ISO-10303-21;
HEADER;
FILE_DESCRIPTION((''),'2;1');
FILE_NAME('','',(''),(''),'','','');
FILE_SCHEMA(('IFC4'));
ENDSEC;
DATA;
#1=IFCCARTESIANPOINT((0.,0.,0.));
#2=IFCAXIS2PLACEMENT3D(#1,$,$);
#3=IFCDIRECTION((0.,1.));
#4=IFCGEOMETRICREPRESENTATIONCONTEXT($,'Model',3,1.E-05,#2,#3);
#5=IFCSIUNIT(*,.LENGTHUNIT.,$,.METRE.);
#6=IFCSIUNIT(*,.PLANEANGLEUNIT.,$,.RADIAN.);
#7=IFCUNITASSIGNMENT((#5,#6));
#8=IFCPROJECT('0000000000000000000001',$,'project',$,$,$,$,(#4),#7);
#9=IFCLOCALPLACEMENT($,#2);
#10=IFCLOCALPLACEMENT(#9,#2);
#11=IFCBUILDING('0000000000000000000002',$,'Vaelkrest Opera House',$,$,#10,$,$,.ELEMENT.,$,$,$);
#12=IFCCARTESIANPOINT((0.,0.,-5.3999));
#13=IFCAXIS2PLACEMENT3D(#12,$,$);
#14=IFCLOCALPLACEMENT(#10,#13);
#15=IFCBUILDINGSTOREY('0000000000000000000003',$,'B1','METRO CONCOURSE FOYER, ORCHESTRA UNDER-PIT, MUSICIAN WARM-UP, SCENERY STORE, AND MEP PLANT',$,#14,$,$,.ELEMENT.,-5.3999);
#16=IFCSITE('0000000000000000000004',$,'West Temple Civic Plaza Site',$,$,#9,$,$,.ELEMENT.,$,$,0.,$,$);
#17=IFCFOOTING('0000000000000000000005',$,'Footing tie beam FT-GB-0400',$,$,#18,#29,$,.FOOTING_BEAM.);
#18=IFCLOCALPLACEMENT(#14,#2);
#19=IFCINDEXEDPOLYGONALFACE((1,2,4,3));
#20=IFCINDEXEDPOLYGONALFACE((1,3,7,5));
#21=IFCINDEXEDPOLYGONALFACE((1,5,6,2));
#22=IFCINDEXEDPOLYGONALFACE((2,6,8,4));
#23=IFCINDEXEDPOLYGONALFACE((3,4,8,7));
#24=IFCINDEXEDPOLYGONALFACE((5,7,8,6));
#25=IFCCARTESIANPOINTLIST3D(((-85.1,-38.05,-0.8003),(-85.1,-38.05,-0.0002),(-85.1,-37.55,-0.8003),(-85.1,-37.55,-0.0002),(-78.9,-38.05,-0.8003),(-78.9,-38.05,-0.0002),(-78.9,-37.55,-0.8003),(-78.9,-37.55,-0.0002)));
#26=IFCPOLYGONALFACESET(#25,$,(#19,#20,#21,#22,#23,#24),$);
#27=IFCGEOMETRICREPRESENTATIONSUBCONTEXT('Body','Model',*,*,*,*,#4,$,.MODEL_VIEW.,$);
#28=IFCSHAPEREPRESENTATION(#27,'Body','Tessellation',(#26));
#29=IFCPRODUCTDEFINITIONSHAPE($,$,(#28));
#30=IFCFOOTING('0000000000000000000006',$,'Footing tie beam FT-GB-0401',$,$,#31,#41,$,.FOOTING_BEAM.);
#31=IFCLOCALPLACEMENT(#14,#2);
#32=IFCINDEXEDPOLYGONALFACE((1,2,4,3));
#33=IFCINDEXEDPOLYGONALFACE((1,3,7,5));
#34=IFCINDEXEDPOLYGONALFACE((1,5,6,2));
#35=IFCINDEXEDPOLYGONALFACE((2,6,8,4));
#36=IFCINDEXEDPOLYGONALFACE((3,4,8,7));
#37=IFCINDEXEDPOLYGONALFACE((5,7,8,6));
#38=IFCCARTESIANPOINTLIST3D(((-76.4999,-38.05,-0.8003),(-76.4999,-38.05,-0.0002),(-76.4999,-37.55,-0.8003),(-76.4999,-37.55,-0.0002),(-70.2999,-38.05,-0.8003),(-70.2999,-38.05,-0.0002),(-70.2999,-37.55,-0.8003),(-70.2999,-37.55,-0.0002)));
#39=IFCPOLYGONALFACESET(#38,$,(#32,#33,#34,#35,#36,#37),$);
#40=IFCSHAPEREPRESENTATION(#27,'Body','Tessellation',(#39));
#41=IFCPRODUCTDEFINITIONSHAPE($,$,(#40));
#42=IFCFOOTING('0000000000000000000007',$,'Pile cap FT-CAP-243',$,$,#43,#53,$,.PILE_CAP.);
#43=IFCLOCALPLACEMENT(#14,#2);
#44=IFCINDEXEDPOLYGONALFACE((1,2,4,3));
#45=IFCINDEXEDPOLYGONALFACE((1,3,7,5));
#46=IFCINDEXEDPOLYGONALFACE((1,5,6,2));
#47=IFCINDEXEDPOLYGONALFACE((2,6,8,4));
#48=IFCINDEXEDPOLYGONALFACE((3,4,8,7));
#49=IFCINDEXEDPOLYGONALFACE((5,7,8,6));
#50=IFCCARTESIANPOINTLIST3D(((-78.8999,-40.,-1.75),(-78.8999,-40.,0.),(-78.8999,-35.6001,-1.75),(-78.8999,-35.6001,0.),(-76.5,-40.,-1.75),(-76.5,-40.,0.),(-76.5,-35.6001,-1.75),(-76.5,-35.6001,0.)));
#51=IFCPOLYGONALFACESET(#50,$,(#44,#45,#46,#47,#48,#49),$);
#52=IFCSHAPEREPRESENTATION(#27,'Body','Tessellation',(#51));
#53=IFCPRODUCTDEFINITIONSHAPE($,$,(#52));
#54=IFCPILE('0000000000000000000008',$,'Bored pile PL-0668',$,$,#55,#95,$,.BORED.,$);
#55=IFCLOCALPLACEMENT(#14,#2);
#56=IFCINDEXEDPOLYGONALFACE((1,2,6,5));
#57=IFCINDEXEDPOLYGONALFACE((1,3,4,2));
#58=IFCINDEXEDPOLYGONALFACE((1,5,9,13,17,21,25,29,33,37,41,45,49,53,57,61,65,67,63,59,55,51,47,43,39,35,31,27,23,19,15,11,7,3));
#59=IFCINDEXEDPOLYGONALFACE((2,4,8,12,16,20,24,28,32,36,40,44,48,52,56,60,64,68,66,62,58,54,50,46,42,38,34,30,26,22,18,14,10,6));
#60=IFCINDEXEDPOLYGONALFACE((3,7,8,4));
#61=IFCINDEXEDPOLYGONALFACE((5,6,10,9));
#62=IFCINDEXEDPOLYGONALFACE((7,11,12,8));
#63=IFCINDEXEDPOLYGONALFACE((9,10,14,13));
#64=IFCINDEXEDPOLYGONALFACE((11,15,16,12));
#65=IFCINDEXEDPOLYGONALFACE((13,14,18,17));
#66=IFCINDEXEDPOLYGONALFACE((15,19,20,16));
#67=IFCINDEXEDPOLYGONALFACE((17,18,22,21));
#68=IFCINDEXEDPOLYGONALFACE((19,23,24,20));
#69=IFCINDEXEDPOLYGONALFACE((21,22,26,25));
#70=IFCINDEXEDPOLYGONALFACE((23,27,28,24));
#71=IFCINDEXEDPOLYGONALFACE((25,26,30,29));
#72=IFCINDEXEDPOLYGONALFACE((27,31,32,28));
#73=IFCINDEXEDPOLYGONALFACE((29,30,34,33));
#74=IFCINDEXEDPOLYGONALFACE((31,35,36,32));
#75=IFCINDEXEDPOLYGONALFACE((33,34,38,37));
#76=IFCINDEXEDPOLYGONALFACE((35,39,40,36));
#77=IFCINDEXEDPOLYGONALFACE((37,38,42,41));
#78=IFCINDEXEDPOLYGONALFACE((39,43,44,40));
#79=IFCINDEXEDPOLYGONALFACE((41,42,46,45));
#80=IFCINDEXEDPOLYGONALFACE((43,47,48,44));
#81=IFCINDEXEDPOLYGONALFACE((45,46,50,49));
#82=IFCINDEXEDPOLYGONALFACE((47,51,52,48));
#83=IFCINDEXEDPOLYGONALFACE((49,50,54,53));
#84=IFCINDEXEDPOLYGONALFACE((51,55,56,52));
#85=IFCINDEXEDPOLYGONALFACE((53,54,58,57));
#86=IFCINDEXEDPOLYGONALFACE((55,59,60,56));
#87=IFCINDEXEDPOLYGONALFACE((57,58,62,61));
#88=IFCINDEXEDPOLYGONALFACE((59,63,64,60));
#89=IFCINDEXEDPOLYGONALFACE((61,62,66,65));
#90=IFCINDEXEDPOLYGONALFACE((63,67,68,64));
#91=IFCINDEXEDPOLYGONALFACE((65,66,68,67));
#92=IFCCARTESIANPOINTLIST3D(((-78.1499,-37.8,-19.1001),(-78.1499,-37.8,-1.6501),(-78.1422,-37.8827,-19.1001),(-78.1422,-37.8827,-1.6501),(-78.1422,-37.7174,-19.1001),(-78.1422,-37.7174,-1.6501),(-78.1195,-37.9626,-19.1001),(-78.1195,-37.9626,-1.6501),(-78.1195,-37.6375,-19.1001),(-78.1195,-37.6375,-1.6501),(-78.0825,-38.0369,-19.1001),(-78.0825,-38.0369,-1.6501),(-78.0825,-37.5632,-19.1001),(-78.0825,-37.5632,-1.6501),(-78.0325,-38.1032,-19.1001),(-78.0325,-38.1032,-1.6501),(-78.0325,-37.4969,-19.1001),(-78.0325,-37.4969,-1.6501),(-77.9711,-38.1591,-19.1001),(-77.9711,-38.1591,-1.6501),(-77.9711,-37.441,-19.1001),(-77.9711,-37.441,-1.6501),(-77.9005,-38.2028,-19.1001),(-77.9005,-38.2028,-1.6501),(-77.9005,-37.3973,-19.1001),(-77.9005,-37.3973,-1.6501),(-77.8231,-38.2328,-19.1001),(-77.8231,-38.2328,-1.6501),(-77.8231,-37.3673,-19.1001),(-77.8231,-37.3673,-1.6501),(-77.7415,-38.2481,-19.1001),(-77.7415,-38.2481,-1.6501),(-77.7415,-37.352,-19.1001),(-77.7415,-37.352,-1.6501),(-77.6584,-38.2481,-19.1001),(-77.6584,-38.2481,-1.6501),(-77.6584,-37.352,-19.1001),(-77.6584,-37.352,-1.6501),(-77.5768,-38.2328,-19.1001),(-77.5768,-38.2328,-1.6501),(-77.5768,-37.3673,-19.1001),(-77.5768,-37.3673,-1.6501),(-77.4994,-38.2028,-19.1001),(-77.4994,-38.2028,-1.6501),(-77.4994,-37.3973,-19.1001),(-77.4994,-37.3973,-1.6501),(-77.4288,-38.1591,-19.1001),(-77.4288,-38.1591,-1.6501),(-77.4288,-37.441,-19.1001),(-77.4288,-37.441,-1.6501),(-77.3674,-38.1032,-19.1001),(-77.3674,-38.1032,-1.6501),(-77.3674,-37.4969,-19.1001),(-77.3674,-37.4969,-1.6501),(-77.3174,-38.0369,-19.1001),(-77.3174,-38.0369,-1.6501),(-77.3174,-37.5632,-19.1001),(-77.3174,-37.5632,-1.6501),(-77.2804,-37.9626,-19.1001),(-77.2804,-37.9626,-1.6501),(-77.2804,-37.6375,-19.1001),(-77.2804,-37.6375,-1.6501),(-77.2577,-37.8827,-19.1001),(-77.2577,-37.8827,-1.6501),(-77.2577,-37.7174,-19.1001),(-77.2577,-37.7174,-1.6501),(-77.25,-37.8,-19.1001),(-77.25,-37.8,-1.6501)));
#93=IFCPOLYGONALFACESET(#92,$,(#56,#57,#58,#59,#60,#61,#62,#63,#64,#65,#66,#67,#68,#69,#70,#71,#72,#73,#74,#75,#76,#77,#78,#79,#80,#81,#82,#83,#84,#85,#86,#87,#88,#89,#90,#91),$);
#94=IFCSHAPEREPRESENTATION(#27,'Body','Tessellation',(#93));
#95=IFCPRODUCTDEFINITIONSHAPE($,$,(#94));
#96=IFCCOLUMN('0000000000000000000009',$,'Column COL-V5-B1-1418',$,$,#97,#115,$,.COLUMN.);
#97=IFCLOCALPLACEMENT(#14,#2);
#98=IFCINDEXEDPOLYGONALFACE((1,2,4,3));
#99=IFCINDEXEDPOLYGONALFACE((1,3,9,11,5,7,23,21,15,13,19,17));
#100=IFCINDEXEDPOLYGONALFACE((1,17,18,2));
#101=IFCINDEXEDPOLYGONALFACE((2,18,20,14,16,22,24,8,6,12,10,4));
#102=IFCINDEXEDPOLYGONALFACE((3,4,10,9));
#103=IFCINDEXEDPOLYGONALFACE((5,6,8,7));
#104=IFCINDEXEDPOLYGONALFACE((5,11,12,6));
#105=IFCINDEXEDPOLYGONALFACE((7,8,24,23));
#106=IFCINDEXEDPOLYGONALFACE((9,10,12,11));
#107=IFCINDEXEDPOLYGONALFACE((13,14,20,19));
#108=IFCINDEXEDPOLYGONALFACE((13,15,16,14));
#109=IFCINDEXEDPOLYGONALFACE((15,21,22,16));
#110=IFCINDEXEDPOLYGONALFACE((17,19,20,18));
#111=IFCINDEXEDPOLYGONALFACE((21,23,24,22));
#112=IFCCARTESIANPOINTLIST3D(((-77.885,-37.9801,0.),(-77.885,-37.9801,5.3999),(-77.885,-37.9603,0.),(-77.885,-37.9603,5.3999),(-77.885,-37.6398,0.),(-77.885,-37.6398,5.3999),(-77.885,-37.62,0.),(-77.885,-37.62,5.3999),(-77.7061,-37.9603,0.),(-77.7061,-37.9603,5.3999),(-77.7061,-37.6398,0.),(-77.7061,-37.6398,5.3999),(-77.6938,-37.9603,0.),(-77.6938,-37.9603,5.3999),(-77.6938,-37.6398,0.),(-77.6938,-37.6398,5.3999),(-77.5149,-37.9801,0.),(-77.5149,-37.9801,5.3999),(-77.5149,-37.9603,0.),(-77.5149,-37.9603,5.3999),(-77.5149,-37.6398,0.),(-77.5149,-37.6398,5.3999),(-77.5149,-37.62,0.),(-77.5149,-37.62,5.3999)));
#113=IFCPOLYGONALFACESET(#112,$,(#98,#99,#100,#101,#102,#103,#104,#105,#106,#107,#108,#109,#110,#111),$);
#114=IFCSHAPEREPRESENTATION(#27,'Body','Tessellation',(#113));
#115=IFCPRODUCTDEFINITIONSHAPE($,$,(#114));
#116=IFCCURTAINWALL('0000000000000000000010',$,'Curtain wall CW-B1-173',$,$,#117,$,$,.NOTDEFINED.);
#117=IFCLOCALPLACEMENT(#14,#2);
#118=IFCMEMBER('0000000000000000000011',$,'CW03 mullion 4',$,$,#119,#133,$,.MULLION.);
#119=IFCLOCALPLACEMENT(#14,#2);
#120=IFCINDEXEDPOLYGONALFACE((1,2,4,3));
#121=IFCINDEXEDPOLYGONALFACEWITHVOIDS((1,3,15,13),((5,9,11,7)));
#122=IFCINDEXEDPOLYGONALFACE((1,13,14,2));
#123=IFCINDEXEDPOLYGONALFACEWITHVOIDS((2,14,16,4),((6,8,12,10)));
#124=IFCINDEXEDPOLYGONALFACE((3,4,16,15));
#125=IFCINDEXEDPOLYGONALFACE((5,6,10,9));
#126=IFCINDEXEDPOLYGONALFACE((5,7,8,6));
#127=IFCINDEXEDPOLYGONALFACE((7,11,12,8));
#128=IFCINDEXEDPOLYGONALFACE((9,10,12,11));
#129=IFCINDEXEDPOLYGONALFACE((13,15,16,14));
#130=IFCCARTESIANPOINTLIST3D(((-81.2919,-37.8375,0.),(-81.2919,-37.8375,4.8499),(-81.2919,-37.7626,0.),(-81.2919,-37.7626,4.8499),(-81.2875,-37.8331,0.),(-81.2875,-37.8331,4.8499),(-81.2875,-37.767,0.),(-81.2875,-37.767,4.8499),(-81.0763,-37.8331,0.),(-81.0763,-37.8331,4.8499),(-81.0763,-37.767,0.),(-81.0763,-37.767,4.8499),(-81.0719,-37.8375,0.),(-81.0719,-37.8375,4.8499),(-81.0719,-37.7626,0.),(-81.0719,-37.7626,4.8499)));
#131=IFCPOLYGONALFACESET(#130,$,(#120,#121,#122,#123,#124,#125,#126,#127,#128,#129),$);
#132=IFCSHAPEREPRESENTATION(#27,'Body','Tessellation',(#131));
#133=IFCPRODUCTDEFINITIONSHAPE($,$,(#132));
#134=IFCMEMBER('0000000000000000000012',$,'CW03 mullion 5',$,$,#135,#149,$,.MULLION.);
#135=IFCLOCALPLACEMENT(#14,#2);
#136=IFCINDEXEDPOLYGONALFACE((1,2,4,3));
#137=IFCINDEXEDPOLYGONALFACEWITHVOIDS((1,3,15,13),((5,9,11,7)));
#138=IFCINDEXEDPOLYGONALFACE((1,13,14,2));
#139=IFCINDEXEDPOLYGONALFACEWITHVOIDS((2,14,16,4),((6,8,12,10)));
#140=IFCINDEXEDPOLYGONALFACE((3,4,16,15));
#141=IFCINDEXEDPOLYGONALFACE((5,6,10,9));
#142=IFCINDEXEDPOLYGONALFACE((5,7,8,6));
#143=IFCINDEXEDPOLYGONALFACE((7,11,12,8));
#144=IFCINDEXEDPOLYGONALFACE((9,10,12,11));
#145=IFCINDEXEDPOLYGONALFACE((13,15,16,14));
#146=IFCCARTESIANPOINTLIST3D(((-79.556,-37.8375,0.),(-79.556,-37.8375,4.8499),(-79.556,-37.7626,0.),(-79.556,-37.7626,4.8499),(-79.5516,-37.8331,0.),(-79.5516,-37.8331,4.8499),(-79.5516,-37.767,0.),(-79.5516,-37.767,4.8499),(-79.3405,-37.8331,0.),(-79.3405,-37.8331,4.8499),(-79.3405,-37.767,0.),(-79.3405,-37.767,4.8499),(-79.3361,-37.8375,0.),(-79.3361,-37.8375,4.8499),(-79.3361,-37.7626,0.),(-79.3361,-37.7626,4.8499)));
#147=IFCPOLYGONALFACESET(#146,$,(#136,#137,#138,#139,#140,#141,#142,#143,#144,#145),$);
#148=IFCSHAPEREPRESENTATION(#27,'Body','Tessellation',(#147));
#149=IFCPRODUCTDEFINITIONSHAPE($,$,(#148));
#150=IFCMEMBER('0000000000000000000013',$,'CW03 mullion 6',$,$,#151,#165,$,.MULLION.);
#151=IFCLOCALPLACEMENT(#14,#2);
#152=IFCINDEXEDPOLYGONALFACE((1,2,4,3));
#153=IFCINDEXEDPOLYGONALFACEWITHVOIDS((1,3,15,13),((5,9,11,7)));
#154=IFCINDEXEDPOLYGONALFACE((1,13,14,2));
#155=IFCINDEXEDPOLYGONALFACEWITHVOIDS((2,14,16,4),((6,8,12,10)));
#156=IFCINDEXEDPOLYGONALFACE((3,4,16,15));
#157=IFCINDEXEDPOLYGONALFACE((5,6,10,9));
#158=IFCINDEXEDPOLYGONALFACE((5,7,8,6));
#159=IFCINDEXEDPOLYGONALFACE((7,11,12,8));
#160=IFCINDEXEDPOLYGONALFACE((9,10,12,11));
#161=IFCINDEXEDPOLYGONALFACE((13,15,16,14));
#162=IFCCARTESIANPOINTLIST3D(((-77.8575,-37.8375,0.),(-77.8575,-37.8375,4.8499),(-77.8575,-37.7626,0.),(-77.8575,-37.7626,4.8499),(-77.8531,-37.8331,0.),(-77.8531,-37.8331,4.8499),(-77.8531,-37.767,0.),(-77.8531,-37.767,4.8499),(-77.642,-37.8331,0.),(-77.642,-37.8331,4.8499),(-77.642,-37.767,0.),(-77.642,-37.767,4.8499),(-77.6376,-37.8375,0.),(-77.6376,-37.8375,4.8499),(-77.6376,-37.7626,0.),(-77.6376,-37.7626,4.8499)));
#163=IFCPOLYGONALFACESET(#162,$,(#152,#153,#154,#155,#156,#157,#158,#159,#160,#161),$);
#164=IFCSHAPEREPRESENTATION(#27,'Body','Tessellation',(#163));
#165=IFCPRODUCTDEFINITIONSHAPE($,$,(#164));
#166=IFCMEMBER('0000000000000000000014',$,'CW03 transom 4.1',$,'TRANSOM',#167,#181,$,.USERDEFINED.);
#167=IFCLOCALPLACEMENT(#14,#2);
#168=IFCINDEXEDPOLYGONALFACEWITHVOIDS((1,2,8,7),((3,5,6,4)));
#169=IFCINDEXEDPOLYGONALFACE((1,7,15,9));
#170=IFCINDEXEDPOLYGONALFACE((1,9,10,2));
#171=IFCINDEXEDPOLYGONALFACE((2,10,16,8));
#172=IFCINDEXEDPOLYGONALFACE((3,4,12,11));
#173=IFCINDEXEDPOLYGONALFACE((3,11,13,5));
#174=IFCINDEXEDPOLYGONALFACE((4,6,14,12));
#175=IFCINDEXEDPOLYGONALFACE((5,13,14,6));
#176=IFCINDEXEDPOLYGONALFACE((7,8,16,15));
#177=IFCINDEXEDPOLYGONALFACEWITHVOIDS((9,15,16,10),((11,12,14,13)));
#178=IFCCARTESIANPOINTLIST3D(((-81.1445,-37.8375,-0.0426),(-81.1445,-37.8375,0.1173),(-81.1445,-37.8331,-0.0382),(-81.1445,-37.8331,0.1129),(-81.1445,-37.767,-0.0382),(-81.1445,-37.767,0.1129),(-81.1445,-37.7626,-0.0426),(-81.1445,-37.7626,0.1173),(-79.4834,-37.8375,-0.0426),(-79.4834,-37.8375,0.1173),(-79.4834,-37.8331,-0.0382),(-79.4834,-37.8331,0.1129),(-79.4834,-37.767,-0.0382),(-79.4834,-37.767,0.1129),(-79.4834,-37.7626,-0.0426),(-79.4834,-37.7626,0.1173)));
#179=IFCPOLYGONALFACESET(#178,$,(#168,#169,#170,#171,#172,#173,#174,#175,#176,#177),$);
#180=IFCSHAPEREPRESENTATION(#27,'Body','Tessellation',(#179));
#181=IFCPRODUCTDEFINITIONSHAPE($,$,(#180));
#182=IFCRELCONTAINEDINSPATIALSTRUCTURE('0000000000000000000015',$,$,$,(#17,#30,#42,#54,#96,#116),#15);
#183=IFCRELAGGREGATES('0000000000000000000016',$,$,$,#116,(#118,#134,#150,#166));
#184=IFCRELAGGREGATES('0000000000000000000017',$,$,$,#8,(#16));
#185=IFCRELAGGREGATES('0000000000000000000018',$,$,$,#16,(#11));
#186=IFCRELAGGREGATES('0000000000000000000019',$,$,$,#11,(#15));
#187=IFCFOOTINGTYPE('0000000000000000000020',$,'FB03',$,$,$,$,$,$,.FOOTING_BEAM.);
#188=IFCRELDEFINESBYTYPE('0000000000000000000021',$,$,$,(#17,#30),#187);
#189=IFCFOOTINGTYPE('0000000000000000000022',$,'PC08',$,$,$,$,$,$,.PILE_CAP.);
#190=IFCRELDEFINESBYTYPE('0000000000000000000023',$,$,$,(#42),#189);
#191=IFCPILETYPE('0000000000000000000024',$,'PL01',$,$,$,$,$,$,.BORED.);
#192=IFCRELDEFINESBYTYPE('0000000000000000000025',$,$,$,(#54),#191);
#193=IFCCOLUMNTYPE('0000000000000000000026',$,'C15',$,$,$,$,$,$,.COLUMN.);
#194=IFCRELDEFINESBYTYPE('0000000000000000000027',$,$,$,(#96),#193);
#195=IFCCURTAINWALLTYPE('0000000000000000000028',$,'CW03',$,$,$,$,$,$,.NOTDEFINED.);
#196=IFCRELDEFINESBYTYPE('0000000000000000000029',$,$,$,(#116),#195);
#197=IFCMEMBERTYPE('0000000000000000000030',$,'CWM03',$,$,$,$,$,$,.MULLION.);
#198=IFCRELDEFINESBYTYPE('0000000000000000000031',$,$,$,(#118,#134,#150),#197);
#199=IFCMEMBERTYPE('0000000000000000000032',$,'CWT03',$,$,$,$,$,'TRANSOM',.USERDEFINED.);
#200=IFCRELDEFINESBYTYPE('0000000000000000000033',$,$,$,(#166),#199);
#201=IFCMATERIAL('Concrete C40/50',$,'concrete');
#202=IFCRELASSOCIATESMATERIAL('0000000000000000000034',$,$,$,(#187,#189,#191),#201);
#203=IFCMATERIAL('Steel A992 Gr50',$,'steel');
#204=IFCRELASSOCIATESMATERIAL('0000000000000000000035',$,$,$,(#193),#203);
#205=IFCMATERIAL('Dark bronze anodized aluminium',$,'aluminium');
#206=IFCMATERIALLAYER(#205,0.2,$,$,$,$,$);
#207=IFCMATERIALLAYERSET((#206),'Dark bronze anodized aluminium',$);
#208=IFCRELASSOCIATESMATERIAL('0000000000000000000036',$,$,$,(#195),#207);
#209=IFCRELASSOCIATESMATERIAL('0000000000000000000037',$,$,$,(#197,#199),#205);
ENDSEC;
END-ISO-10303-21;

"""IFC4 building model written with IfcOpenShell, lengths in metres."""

from ifc_helpers import new_model, si_unit, direction, frame, origin, origin_2d, place, context, subcontext, project, spatial, rectangle, hollow_rectangle, circle, i_section, extrude, material, layer, layer_set, material_profile, profile_set, type_object, element, aggregate, save


model = new_model("IFC4")

# Units and contexts
model_context = context("Model", 3, precision=1e-05, world=origin(), true_north=direction((0.0, 1.0)))
body_context = subcontext(model_context, "Body", "Model", "MODEL_VIEW")
ifc_project = project(units=[si_unit("LENGTHUNIT", "METRE"), si_unit("PLANEANGLEUNIT", "RADIAN")], contexts=[model_context])

# Site, building, storey
site_placement = place(None, origin())
site = spatial("IfcSite", under=ifc_project, at=site_placement, Name="West Temple Civic Plaza Site", CompositionType="ELEMENT", RefElevation=0.0)
building_placement = place(site_placement, origin())
building = spatial("IfcBuilding", under=site, at=building_placement, Name="Vaelkrest Opera House", CompositionType="ELEMENT")
storey_placement = place(building_placement, frame((0.0, 0.0, -5.3999)))
storey = spatial("IfcBuildingStorey", under=building, at=storey_placement, Name="B1", Description="METRO CONCOURSE FOYER, ORCHESTRA UNDER-PIT, MUSICIAN WARM-UP, SCENERY STORE, AND MEP PLANT", CompositionType="ELEMENT", Elevation=-5.3999)

# Footings
ifc_material_1 = material(Name="Concrete C40/50", Category="concrete")
footing_type_1 = type_object("IfcFootingType", Name="FB03", PredefinedType="FOOTING_BEAM", material=ifc_material_1)
for number, where, z_axis, x_axis, name in (
    (1, (-82.0, -37.8, -0.8003), (0.0, 0.0, 1.0), (1.0, 0.0, 0.0), "Footing tie beam FT-GB-0400"),
    (2, (-73.3999, -37.8, -0.8003), (0.0, 0.0, 1.0), (1.0, 0.0, 0.0), "Footing tie beam FT-GB-0401"),
):
    element("IfcFooting", number, at=place(storey_placement, frame(where, z_axis=z_axis, x_axis=x_axis)), inside=storey, type_object=footing_type_1, Name=name, PredefinedType="FOOTING_BEAM", context=body_context, shape_type="SweptSolid", body=[
        extrude(rectangle(XDim=6.2, YDim=0.5, at=origin_2d()), origin(), (0.0, 0.0, 1.0), 0.8),
    ])
footing_type_2 = type_object("IfcFootingType", Name="PC08", PredefinedType="PILE_CAP", material=ifc_material_1)
footing_placement = place(storey_placement, frame((-77.7, -37.8, -1.75), z_axis=(0.0, 0.0, 1.0), x_axis=(1.0, 0.0, 0.0)))
element("IfcFooting", 3, at=footing_placement, inside=storey, type_object=footing_type_2, Name="Pile cap FT-CAP-243", PredefinedType="PILE_CAP", context=body_context, shape_type="SweptSolid", body=[
    extrude(rectangle(XDim=2.3999, YDim=4.3999, at=origin_2d()), origin(), (0.0, 0.0, 1.0), 1.75),
])

# Pile
ifc_material_profile_1 = material_profile(ifc_material_1, circle(Radius=0.45, at=origin_2d()), Name="PILE900")
ifc_profile_set_1 = profile_set([ifc_material_profile_1], Name="Concrete C40/50")
pile_type = type_object("IfcPileType", Name="PL01", PredefinedType="BORED", material=ifc_profile_set_1)
pile_placement = place(storey_placement, frame((-77.7, -37.8, -1.6501), z_axis=(0.0, 0.0, -1.0), x_axis=(1.0, 0.0, 0.0)))
element("IfcPile", 4, at=pile_placement, inside=storey, type_object=pile_type, Name="Bored pile PL-0668", PredefinedType="BORED", context=body_context, shape_type="SweptSolid", body=[
    extrude(circle(Radius=0.45, at=origin_2d()), origin(), (0.0, 0.0, 1.0), 17.45),
])

# Column
ifc_material_2 = material(Name="Steel A992 Gr50", Category="steel")
ifc_material_profile_2 = material_profile(ifc_material_2, i_section(OverallWidth=0.3701, OverallDepth=0.3601, WebThickness=0.0122, FlangeThickness=0.0198, at=origin_2d()), Name="W14X99")
ifc_profile_set_2 = profile_set([ifc_material_profile_2], Name="Steel A992 Gr50")
column_type = type_object("IfcColumnType", Name="C15", PredefinedType="COLUMN", material=ifc_profile_set_2)
column_placement = place(storey_placement, frame((-77.7, -37.8, 0.0), z_axis=(0.0, 0.0, 1.0), x_axis=(1.0, 0.0, 0.0)))
element("IfcColumn", 5, at=column_placement, inside=storey, type_object=column_type, Name="Column COL-V5-B1-1418", PredefinedType="COLUMN", context=body_context, shape_type="SweptSolid", body=[
    extrude(i_section(OverallWidth=0.3701, OverallDepth=0.3601, WebThickness=0.0122, FlangeThickness=0.0198, at=origin_2d()), origin(), (0.0, 0.0, 1.0), 5.3999),
])

# Curtain wall, members
ifc_material_3 = material(Name="Dark bronze anodized aluminium", Category="aluminium")
ifc_layer_1 = layer(ifc_material_3, 0.2)
ifc_layer_set_1 = layer_set([ifc_layer_1], Name="Dark bronze anodized aluminium")
curtain_wall_type = type_object("IfcCurtainWallType", Name="CW03", PredefinedType="NOTDEFINED", material=ifc_layer_set_1)
curtain_wall_placement = place(storey_placement, origin())
curtain_wall = element("IfcCurtainWall", 6, at=curtain_wall_placement, inside=storey, type_object=curtain_wall_type, Name="Curtain wall CW-B1-173", PredefinedType="NOTDEFINED")
ifc_material_profile_3 = material_profile(ifc_material_3, hollow_rectangle(XDim=0.075, YDim=0.22, WallThickness=0.0044, at=origin_2d()), Name="CWM75X220")
ifc_profile_set_3 = profile_set([ifc_material_profile_3], Name="Dark bronze anodized aluminium")
member_type_1 = type_object("IfcMemberType", Name="CWM03", PredefinedType="MULLION", material=ifc_profile_set_3)
member_1_placement = place(storey_placement, frame((-81.1819, -37.8, 0.0), z_axis=(0.0, 0.0, 1.0), x_axis=(0.0, 1.0, 0.0)))
member_1 = element("IfcMember", 7, at=member_1_placement, type_object=member_type_1, Name="CW03 mullion 4", PredefinedType="MULLION", context=body_context, shape_type="SweptSolid", body=[
    extrude(hollow_rectangle(XDim=0.075, YDim=0.22, WallThickness=0.0044, at=origin_2d()), origin(), (0.0, 0.0, 1.0), 4.8499),
])
member_2_placement = place(storey_placement, frame((-79.446, -37.8, 0.0), z_axis=(0.0, 0.0, 1.0), x_axis=(0.0, 1.0, 0.0)))
member_2 = element("IfcMember", 8, at=member_2_placement, type_object=member_type_1, Name="CW03 mullion 5", PredefinedType="MULLION", context=body_context, shape_type="SweptSolid", body=[
    extrude(hollow_rectangle(XDim=0.075, YDim=0.22, WallThickness=0.0044, at=origin_2d()), origin(), (0.0, 0.0, 1.0), 4.8499),
])
member_3_placement = place(storey_placement, frame((-77.7476, -37.8, 0.0), z_axis=(0.0, 0.0, 1.0), x_axis=(0.0, 1.0, 0.0)))
member_3 = element("IfcMember", 9, at=member_3_placement, type_object=member_type_1, Name="CW03 mullion 6", PredefinedType="MULLION", context=body_context, shape_type="SweptSolid", body=[
    extrude(hollow_rectangle(XDim=0.075, YDim=0.22, WallThickness=0.0044, at=origin_2d()), origin(), (0.0, 0.0, 1.0), 4.8499),
])
ifc_material_profile_4 = material_profile(ifc_material_3, hollow_rectangle(XDim=0.075, YDim=0.1599, WallThickness=0.0044, at=origin_2d()), Name="CWT75X160")
ifc_profile_set_4 = profile_set([ifc_material_profile_4], Name="Dark bronze anodized aluminium")
member_type_2 = type_object("IfcMemberType", Name="CWT03", ElementType="TRANSOM", PredefinedType="USERDEFINED", material=ifc_profile_set_4)
member_4_placement = place(storey_placement, frame((-81.1445, -37.8, 0.0374), z_axis=(1.0, 0.0, 0.0), x_axis=(0.0, 1.0, 0.0)))
member_4 = element("IfcMember", 10, at=member_4_placement, type_object=member_type_2, Name="CW03 transom 4.1", ObjectType="TRANSOM", PredefinedType="USERDEFINED", context=body_context, shape_type="SweptSolid", body=[
    extrude(hollow_rectangle(XDim=0.075, YDim=0.1599, WallThickness=0.0044, at=origin_2d()), origin(), (0.0, 0.0, 1.0), 1.6611),
])
aggregate(curtain_wall, [member_1, member_2, member_3, member_4])

save(model, "model.ifc")
